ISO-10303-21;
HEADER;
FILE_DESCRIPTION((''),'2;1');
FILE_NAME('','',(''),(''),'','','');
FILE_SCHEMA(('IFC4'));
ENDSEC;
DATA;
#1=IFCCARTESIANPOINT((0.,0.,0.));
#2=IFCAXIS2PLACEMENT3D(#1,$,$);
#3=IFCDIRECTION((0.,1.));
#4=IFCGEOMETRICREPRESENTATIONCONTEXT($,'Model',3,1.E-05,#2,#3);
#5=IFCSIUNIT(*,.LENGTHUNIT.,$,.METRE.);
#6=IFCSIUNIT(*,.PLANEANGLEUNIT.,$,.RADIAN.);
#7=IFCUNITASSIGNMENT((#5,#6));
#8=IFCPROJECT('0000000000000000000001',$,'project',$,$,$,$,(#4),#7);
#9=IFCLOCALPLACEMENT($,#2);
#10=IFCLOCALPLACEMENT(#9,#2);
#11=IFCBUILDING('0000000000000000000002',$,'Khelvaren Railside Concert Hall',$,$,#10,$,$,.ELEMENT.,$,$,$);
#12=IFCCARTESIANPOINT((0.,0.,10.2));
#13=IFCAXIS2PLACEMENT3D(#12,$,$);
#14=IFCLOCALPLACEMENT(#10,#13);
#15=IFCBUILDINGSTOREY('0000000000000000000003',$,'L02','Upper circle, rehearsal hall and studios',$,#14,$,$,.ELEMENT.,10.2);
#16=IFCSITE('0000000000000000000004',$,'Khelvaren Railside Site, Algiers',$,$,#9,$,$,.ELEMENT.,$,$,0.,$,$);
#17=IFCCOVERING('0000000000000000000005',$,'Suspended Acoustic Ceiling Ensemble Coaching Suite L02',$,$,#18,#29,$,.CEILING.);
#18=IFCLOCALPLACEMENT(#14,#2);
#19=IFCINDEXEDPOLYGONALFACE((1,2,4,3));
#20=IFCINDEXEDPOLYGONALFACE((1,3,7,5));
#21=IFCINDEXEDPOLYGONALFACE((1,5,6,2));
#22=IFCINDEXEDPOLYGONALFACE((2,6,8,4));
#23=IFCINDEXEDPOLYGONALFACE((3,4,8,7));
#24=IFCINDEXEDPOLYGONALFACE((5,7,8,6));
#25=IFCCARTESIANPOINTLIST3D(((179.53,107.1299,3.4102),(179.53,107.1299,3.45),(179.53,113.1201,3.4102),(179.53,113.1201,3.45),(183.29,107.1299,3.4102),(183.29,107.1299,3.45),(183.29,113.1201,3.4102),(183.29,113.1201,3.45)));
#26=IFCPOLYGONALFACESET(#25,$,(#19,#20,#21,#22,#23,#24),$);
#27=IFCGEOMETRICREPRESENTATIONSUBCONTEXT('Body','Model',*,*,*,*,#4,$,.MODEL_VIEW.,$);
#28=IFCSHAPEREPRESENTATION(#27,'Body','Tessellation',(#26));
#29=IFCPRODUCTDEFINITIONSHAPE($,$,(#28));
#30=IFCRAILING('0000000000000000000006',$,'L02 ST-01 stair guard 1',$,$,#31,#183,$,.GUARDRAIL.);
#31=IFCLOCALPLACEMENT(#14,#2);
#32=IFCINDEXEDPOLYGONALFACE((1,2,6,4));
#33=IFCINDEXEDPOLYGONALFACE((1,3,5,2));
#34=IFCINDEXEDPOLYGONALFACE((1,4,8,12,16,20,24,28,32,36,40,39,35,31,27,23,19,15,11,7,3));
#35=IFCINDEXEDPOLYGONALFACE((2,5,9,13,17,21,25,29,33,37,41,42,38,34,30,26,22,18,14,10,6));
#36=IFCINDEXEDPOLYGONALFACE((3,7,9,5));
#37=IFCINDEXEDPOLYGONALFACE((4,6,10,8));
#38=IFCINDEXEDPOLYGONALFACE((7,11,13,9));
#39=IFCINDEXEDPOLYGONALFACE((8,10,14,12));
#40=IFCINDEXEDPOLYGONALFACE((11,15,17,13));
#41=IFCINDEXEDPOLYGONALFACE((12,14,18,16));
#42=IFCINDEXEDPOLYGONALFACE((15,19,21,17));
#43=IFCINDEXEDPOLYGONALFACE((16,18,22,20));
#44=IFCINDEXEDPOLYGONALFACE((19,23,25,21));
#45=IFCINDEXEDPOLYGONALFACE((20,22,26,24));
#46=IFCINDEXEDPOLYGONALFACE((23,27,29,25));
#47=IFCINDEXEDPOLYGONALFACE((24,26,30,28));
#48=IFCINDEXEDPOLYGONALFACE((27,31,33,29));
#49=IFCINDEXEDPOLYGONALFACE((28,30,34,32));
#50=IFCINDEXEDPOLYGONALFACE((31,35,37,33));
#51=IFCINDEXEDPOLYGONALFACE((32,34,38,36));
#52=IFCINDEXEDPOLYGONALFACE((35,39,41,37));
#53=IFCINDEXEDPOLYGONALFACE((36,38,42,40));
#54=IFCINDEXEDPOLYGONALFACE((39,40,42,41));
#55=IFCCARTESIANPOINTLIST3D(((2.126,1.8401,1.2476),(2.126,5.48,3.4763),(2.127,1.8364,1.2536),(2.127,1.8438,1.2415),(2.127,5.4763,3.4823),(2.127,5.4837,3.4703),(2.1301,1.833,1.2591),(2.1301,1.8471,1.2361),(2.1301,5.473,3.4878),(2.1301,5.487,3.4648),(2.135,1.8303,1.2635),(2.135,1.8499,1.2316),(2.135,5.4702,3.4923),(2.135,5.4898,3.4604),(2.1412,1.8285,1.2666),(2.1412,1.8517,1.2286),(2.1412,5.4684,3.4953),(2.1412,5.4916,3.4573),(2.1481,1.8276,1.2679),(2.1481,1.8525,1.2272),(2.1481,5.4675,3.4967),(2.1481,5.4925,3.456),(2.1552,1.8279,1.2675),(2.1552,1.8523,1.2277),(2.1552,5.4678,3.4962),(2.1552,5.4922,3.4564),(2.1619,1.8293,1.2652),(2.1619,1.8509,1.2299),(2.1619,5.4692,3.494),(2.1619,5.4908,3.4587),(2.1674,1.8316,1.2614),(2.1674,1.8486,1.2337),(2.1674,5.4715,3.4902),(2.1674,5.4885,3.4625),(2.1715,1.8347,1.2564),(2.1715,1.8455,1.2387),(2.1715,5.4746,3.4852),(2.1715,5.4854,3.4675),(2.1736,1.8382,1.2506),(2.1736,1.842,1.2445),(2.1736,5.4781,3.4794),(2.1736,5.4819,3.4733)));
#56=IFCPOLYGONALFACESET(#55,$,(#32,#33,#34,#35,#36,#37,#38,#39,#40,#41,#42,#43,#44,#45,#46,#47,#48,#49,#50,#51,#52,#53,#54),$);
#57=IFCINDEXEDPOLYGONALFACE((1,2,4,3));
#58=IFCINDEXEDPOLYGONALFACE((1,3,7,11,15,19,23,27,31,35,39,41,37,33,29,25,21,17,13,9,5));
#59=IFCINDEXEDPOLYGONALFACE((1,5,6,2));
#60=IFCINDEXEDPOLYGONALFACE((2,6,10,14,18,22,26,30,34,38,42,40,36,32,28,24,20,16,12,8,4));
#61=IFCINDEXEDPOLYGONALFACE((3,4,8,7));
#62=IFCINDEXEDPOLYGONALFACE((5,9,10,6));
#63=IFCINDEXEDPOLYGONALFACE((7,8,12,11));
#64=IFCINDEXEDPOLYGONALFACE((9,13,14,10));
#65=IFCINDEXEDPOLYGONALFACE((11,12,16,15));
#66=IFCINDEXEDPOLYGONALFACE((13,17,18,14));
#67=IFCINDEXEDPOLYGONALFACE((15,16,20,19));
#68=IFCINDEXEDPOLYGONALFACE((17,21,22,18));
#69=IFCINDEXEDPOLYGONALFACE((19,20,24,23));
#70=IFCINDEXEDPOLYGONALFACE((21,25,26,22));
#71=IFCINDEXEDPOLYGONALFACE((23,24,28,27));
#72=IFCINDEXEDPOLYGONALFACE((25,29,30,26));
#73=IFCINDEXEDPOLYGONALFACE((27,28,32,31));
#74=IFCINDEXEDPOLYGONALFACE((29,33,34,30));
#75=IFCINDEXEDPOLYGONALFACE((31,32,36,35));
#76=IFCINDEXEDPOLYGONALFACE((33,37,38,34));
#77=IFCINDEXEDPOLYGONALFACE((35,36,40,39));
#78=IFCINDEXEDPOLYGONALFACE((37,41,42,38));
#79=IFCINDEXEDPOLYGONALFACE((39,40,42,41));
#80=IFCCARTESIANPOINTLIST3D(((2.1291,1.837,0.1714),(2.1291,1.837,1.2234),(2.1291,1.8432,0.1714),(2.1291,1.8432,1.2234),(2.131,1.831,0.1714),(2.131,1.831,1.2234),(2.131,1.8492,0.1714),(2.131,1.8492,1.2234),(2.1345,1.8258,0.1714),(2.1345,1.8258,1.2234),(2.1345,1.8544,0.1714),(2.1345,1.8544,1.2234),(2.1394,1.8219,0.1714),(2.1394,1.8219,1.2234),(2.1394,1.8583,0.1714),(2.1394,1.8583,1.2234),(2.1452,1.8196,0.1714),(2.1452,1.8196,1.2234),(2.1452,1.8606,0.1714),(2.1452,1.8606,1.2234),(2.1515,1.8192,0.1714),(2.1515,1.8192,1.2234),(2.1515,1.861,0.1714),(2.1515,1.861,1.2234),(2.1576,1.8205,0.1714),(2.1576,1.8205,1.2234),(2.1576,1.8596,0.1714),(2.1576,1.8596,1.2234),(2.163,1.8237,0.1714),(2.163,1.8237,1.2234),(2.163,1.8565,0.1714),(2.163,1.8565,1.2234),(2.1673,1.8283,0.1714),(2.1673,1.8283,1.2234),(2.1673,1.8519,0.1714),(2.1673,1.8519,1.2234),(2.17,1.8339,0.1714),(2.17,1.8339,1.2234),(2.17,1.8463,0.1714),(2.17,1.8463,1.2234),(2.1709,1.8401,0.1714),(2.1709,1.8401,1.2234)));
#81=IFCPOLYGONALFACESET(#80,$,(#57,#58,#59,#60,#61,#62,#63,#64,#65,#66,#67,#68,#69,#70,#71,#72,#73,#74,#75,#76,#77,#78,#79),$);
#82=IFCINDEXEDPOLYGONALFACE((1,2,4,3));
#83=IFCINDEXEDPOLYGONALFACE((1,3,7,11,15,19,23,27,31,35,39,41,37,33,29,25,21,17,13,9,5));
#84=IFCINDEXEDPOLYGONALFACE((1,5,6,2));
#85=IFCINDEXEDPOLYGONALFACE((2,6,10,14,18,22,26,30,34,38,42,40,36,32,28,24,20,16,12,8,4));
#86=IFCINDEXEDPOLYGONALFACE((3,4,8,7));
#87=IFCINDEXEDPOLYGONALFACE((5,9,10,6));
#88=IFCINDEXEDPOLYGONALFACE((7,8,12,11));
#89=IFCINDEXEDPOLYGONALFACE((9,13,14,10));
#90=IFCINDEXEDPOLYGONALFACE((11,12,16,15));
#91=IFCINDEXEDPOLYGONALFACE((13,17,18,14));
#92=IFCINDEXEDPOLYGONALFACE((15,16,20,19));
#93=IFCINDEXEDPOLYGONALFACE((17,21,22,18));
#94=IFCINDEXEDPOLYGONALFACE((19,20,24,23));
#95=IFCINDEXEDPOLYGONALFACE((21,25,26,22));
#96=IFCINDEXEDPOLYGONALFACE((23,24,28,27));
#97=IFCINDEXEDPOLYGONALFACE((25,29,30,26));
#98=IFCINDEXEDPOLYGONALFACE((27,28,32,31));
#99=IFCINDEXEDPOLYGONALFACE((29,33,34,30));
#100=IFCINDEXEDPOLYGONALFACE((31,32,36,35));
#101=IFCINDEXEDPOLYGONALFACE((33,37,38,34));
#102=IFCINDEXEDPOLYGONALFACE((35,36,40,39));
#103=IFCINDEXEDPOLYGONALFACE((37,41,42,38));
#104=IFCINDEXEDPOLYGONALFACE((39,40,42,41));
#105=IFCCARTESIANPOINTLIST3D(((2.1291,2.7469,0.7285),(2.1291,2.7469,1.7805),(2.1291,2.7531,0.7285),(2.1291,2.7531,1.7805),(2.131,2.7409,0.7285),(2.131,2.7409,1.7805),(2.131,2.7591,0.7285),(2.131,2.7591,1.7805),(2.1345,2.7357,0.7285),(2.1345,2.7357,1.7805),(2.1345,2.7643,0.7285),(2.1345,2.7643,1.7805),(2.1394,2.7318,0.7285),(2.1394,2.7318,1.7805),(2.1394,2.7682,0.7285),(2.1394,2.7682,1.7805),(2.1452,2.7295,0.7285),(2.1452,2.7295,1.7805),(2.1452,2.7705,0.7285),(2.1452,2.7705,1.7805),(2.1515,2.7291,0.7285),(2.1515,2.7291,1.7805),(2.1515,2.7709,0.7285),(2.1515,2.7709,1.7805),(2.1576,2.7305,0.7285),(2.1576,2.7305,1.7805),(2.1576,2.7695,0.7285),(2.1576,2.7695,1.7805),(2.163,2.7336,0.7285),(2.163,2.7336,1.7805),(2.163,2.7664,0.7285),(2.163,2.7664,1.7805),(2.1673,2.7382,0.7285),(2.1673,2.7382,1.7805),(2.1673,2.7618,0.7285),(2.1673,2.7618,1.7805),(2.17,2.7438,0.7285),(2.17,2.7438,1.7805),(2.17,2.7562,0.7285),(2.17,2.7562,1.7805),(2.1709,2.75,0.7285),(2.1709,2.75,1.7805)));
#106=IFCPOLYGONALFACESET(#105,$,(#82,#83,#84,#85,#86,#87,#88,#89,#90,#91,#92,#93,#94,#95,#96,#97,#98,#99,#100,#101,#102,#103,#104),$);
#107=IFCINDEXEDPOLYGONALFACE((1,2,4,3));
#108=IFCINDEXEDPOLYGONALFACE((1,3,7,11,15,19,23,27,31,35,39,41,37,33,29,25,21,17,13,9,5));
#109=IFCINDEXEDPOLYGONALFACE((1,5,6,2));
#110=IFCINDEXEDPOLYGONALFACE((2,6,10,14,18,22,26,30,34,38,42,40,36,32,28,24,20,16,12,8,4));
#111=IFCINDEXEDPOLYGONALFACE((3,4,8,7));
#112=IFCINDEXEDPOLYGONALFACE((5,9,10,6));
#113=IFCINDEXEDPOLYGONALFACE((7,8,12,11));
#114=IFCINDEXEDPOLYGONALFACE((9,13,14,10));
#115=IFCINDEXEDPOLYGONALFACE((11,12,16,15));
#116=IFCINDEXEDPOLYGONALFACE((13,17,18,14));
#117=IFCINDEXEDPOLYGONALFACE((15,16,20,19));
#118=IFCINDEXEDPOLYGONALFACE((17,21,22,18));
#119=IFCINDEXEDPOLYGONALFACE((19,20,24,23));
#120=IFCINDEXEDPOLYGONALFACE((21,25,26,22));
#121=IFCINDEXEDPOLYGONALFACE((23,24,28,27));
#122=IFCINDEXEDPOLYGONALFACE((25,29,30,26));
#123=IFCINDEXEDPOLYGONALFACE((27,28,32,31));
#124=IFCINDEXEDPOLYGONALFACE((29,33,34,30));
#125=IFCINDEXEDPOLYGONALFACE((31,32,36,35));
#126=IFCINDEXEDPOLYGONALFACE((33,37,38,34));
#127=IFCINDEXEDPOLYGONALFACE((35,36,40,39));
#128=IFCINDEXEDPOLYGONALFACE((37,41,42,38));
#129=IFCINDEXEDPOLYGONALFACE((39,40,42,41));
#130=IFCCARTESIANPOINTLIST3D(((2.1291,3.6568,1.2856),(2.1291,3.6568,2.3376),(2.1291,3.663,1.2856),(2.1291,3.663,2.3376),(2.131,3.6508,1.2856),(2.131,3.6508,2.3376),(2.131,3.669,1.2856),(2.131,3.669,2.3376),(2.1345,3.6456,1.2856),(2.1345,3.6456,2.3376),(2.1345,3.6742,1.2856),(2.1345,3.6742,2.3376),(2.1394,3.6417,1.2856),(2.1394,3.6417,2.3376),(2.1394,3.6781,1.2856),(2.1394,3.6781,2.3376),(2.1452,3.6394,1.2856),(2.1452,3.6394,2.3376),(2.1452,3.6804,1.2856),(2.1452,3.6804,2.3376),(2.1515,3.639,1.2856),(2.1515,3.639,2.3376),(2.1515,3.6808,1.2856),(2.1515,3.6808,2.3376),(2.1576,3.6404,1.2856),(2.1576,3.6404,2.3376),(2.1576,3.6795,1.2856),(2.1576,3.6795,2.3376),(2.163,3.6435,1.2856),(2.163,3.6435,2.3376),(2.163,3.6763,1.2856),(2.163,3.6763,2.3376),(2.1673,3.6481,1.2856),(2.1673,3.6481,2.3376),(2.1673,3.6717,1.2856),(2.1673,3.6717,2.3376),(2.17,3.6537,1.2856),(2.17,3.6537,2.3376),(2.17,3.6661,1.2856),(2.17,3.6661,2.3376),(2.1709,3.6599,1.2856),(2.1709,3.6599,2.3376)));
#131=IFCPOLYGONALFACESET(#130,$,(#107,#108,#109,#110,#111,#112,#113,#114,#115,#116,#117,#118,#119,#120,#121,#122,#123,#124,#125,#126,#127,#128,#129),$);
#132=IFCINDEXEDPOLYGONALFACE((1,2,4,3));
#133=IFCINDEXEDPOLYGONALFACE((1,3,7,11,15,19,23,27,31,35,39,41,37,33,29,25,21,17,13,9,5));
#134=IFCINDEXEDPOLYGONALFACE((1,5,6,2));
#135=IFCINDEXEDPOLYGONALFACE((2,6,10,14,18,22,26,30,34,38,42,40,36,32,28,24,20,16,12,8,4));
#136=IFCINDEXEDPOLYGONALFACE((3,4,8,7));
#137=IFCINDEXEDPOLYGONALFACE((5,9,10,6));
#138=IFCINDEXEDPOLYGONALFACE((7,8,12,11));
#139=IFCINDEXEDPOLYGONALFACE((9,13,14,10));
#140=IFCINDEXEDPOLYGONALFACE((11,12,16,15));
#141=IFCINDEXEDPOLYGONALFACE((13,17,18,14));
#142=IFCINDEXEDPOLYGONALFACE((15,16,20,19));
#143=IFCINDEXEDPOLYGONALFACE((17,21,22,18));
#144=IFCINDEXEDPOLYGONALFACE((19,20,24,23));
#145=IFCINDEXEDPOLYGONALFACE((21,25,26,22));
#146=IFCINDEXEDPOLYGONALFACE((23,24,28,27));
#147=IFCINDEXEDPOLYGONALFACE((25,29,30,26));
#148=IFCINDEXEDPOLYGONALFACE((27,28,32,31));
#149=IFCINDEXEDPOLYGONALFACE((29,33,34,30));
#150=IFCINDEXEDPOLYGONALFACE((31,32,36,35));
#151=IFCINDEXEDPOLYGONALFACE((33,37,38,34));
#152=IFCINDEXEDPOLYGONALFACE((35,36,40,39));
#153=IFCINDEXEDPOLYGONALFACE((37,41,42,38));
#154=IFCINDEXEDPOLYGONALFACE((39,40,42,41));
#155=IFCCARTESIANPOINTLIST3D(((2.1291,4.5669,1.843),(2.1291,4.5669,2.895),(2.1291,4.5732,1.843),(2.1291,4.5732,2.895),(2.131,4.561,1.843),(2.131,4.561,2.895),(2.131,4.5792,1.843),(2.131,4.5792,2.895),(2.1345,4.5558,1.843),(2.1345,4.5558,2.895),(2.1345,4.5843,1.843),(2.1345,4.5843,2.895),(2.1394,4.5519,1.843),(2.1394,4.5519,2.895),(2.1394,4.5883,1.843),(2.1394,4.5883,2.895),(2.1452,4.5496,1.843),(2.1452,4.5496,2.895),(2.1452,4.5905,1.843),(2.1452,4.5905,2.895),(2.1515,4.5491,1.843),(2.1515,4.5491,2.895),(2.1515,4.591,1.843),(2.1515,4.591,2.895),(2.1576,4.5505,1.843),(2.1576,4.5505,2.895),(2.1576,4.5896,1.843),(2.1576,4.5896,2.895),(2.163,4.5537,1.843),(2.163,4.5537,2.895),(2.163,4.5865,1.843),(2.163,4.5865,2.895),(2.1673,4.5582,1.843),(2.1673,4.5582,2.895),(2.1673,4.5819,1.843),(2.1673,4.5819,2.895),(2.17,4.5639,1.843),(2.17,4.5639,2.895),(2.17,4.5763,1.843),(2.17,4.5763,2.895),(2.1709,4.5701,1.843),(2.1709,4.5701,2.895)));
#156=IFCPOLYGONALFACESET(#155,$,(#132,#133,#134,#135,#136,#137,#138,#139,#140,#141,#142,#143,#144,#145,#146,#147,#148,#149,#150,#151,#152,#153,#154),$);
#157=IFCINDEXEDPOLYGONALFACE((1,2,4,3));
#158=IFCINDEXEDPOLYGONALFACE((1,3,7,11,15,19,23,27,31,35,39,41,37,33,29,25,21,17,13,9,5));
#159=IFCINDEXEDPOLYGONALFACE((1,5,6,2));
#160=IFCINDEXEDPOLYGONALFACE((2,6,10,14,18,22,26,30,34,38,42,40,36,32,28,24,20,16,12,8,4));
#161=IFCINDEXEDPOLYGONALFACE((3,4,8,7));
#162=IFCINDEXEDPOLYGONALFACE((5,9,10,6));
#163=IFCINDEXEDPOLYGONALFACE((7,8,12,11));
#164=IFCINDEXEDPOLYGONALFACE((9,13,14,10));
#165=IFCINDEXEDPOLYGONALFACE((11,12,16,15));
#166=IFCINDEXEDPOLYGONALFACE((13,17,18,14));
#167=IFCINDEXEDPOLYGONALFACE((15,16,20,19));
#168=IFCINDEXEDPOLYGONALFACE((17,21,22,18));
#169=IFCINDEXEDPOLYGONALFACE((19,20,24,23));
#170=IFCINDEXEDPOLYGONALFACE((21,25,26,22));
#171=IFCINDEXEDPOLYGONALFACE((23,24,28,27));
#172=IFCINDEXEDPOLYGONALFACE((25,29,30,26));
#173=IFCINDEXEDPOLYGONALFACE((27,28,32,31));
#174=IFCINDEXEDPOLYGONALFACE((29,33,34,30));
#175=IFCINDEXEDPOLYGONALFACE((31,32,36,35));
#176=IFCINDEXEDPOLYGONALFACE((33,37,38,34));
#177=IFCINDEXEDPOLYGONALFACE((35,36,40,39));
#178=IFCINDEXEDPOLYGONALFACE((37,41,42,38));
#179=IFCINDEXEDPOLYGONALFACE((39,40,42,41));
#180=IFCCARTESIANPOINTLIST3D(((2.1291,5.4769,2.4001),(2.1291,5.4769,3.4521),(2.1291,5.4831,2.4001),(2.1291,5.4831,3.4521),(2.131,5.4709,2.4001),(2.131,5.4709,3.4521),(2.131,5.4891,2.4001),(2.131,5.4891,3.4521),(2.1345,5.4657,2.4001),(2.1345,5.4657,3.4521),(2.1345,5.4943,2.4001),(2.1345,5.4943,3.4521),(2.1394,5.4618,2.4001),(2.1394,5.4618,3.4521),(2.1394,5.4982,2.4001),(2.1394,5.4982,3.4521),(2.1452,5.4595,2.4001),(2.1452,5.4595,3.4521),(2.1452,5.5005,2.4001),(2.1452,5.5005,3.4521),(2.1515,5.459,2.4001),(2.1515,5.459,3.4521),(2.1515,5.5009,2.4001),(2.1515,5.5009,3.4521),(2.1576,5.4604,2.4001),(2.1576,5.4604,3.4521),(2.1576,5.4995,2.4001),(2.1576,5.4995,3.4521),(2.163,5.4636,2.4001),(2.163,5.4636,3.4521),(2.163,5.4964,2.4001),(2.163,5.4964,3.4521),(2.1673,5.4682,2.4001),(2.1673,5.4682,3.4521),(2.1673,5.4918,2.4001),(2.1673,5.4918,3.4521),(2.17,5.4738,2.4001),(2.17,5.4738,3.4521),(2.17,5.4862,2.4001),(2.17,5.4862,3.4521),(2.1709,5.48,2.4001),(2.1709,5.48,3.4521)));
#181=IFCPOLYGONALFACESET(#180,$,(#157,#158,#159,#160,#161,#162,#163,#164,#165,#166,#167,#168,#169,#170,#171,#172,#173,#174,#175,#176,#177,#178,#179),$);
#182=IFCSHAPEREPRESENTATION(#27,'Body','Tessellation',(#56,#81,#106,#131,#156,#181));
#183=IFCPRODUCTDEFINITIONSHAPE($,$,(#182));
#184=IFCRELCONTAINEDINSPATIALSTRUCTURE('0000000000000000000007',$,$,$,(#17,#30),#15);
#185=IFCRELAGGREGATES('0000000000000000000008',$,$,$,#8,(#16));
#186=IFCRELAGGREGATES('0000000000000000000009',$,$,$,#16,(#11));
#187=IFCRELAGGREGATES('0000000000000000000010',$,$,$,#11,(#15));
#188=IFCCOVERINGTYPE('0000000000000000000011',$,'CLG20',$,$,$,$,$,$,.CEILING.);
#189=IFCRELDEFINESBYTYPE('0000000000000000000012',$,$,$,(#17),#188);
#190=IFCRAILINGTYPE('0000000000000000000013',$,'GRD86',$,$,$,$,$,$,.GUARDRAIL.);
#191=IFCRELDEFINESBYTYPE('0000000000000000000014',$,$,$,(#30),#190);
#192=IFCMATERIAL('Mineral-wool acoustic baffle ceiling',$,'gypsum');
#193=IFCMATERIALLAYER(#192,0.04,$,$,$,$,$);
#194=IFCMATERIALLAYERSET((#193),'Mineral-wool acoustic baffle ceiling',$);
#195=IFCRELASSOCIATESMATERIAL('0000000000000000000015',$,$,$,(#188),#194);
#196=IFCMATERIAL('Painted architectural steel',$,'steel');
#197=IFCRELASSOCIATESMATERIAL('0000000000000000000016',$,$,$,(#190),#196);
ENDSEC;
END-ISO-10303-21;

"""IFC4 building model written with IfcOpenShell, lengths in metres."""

from ifc_helpers import new_model, si_unit, direction, frame, origin, origin_2d, place, context, subcontext, project, spatial, polyline, circle, outline, extrude, material, layer, layer_set, type_object, element, save


model = new_model("IFC4")

# Units and contexts
model_context = context("Model", 3, precision=1e-05, world=origin(), true_north=direction((0.0, 1.0)))
body_context = subcontext(model_context, "Body", "Model", "MODEL_VIEW")
ifc_project = project(units=[si_unit("LENGTHUNIT", "METRE"), si_unit("PLANEANGLEUNIT", "RADIAN")], contexts=[model_context])

# Site, building, storey
site_placement = place(None, origin())
site = spatial("IfcSite", under=ifc_project, at=site_placement, Name="Khelvaren Railside Site, Algiers", CompositionType="ELEMENT", RefElevation=0.0)
building_placement = place(site_placement, origin())
building = spatial("IfcBuilding", under=site, at=building_placement, Name="Khelvaren Railside Concert Hall", CompositionType="ELEMENT")
storey_placement = place(building_placement, frame((0.0, 0.0, 10.2)))
storey = spatial("IfcBuildingStorey", under=building, at=storey_placement, Name="L02", Description="Upper circle, rehearsal hall and studios", CompositionType="ELEMENT", Elevation=10.2)

# Covering
ifc_material_1 = material(Name="Mineral-wool acoustic baffle ceiling", Category="gypsum")
ifc_layer_1 = layer(ifc_material_1, 0.04)
ifc_layer_set_1 = layer_set([ifc_layer_1], Name="Mineral-wool acoustic baffle ceiling")
covering_type_1 = type_object("IfcCoveringType", Name="CLG20", PredefinedType="CEILING", material=ifc_layer_set_1)
covering_1_placement = place(storey_placement, frame((0.0, 0.0, 3.4102)))
element("IfcCovering", 1, at=covering_1_placement, inside=storey, type_object=covering_type_1, Name="Suspended Acoustic Ceiling Ensemble Coaching Suite L02", PredefinedType="CEILING", context=body_context, shape_type="SweptSolid", body=[
    extrude(outline(polyline([(179.53, 107.1299), (183.29, 107.1299), (183.29, 113.1201), (179.53, 113.1201), (179.53, 107.1299)])), origin(), (0.0, 0.0, 1.0), 0.0398),
])

# Railing
ifc_material_2 = material(Name="Painted architectural steel", Category="steel")
railing_type_1 = type_object("IfcRailingType", Name="GRD86", PredefinedType="GUARDRAIL", material=ifc_material_2)
railing_1_placement = place(storey_placement, frame((2.1499, 1.8401, 0.1714)))
element("IfcRailing", 2, at=railing_1_placement, inside=storey, type_object=railing_type_1, Name="L02 ST-01 stair guard 1", PredefinedType="GUARDRAIL", context=body_context, shape_type="SweptSolid", body=[
    extrude(circle(Radius=0.0239, at=origin_2d()), frame((0.0, 0.0, 1.0762), z_axis=(0.0, 0.852825, 0.522197), x_axis=(-1.0, 0.0, 0.0)), (0.0, 0.0, 1.0), 4.2681),
    extrude(circle(Radius=0.021, at=origin_2d()), origin(), (0.0, 0.0, 1.0), 1.052),
    extrude(circle(Radius=0.021, at=origin_2d()), frame((0.0, 0.9099, 0.5571)), (0.0, 0.0, 1.0), 1.052),
    extrude(circle(Radius=0.021, at=origin_2d()), frame((0.0, 1.8198, 1.1143)), (0.0, 0.0, 1.0), 1.052),
    extrude(circle(Radius=0.021, at=origin_2d()), frame((0.0, 2.73, 1.6716)), (0.0, 0.0, 1.0), 1.052),
    extrude(circle(Radius=0.021, at=origin_2d()), frame((0.0, 3.6399, 2.2288)), (0.0, 0.0, 1.0), 1.052),
])

save(model, "model.ifc")
